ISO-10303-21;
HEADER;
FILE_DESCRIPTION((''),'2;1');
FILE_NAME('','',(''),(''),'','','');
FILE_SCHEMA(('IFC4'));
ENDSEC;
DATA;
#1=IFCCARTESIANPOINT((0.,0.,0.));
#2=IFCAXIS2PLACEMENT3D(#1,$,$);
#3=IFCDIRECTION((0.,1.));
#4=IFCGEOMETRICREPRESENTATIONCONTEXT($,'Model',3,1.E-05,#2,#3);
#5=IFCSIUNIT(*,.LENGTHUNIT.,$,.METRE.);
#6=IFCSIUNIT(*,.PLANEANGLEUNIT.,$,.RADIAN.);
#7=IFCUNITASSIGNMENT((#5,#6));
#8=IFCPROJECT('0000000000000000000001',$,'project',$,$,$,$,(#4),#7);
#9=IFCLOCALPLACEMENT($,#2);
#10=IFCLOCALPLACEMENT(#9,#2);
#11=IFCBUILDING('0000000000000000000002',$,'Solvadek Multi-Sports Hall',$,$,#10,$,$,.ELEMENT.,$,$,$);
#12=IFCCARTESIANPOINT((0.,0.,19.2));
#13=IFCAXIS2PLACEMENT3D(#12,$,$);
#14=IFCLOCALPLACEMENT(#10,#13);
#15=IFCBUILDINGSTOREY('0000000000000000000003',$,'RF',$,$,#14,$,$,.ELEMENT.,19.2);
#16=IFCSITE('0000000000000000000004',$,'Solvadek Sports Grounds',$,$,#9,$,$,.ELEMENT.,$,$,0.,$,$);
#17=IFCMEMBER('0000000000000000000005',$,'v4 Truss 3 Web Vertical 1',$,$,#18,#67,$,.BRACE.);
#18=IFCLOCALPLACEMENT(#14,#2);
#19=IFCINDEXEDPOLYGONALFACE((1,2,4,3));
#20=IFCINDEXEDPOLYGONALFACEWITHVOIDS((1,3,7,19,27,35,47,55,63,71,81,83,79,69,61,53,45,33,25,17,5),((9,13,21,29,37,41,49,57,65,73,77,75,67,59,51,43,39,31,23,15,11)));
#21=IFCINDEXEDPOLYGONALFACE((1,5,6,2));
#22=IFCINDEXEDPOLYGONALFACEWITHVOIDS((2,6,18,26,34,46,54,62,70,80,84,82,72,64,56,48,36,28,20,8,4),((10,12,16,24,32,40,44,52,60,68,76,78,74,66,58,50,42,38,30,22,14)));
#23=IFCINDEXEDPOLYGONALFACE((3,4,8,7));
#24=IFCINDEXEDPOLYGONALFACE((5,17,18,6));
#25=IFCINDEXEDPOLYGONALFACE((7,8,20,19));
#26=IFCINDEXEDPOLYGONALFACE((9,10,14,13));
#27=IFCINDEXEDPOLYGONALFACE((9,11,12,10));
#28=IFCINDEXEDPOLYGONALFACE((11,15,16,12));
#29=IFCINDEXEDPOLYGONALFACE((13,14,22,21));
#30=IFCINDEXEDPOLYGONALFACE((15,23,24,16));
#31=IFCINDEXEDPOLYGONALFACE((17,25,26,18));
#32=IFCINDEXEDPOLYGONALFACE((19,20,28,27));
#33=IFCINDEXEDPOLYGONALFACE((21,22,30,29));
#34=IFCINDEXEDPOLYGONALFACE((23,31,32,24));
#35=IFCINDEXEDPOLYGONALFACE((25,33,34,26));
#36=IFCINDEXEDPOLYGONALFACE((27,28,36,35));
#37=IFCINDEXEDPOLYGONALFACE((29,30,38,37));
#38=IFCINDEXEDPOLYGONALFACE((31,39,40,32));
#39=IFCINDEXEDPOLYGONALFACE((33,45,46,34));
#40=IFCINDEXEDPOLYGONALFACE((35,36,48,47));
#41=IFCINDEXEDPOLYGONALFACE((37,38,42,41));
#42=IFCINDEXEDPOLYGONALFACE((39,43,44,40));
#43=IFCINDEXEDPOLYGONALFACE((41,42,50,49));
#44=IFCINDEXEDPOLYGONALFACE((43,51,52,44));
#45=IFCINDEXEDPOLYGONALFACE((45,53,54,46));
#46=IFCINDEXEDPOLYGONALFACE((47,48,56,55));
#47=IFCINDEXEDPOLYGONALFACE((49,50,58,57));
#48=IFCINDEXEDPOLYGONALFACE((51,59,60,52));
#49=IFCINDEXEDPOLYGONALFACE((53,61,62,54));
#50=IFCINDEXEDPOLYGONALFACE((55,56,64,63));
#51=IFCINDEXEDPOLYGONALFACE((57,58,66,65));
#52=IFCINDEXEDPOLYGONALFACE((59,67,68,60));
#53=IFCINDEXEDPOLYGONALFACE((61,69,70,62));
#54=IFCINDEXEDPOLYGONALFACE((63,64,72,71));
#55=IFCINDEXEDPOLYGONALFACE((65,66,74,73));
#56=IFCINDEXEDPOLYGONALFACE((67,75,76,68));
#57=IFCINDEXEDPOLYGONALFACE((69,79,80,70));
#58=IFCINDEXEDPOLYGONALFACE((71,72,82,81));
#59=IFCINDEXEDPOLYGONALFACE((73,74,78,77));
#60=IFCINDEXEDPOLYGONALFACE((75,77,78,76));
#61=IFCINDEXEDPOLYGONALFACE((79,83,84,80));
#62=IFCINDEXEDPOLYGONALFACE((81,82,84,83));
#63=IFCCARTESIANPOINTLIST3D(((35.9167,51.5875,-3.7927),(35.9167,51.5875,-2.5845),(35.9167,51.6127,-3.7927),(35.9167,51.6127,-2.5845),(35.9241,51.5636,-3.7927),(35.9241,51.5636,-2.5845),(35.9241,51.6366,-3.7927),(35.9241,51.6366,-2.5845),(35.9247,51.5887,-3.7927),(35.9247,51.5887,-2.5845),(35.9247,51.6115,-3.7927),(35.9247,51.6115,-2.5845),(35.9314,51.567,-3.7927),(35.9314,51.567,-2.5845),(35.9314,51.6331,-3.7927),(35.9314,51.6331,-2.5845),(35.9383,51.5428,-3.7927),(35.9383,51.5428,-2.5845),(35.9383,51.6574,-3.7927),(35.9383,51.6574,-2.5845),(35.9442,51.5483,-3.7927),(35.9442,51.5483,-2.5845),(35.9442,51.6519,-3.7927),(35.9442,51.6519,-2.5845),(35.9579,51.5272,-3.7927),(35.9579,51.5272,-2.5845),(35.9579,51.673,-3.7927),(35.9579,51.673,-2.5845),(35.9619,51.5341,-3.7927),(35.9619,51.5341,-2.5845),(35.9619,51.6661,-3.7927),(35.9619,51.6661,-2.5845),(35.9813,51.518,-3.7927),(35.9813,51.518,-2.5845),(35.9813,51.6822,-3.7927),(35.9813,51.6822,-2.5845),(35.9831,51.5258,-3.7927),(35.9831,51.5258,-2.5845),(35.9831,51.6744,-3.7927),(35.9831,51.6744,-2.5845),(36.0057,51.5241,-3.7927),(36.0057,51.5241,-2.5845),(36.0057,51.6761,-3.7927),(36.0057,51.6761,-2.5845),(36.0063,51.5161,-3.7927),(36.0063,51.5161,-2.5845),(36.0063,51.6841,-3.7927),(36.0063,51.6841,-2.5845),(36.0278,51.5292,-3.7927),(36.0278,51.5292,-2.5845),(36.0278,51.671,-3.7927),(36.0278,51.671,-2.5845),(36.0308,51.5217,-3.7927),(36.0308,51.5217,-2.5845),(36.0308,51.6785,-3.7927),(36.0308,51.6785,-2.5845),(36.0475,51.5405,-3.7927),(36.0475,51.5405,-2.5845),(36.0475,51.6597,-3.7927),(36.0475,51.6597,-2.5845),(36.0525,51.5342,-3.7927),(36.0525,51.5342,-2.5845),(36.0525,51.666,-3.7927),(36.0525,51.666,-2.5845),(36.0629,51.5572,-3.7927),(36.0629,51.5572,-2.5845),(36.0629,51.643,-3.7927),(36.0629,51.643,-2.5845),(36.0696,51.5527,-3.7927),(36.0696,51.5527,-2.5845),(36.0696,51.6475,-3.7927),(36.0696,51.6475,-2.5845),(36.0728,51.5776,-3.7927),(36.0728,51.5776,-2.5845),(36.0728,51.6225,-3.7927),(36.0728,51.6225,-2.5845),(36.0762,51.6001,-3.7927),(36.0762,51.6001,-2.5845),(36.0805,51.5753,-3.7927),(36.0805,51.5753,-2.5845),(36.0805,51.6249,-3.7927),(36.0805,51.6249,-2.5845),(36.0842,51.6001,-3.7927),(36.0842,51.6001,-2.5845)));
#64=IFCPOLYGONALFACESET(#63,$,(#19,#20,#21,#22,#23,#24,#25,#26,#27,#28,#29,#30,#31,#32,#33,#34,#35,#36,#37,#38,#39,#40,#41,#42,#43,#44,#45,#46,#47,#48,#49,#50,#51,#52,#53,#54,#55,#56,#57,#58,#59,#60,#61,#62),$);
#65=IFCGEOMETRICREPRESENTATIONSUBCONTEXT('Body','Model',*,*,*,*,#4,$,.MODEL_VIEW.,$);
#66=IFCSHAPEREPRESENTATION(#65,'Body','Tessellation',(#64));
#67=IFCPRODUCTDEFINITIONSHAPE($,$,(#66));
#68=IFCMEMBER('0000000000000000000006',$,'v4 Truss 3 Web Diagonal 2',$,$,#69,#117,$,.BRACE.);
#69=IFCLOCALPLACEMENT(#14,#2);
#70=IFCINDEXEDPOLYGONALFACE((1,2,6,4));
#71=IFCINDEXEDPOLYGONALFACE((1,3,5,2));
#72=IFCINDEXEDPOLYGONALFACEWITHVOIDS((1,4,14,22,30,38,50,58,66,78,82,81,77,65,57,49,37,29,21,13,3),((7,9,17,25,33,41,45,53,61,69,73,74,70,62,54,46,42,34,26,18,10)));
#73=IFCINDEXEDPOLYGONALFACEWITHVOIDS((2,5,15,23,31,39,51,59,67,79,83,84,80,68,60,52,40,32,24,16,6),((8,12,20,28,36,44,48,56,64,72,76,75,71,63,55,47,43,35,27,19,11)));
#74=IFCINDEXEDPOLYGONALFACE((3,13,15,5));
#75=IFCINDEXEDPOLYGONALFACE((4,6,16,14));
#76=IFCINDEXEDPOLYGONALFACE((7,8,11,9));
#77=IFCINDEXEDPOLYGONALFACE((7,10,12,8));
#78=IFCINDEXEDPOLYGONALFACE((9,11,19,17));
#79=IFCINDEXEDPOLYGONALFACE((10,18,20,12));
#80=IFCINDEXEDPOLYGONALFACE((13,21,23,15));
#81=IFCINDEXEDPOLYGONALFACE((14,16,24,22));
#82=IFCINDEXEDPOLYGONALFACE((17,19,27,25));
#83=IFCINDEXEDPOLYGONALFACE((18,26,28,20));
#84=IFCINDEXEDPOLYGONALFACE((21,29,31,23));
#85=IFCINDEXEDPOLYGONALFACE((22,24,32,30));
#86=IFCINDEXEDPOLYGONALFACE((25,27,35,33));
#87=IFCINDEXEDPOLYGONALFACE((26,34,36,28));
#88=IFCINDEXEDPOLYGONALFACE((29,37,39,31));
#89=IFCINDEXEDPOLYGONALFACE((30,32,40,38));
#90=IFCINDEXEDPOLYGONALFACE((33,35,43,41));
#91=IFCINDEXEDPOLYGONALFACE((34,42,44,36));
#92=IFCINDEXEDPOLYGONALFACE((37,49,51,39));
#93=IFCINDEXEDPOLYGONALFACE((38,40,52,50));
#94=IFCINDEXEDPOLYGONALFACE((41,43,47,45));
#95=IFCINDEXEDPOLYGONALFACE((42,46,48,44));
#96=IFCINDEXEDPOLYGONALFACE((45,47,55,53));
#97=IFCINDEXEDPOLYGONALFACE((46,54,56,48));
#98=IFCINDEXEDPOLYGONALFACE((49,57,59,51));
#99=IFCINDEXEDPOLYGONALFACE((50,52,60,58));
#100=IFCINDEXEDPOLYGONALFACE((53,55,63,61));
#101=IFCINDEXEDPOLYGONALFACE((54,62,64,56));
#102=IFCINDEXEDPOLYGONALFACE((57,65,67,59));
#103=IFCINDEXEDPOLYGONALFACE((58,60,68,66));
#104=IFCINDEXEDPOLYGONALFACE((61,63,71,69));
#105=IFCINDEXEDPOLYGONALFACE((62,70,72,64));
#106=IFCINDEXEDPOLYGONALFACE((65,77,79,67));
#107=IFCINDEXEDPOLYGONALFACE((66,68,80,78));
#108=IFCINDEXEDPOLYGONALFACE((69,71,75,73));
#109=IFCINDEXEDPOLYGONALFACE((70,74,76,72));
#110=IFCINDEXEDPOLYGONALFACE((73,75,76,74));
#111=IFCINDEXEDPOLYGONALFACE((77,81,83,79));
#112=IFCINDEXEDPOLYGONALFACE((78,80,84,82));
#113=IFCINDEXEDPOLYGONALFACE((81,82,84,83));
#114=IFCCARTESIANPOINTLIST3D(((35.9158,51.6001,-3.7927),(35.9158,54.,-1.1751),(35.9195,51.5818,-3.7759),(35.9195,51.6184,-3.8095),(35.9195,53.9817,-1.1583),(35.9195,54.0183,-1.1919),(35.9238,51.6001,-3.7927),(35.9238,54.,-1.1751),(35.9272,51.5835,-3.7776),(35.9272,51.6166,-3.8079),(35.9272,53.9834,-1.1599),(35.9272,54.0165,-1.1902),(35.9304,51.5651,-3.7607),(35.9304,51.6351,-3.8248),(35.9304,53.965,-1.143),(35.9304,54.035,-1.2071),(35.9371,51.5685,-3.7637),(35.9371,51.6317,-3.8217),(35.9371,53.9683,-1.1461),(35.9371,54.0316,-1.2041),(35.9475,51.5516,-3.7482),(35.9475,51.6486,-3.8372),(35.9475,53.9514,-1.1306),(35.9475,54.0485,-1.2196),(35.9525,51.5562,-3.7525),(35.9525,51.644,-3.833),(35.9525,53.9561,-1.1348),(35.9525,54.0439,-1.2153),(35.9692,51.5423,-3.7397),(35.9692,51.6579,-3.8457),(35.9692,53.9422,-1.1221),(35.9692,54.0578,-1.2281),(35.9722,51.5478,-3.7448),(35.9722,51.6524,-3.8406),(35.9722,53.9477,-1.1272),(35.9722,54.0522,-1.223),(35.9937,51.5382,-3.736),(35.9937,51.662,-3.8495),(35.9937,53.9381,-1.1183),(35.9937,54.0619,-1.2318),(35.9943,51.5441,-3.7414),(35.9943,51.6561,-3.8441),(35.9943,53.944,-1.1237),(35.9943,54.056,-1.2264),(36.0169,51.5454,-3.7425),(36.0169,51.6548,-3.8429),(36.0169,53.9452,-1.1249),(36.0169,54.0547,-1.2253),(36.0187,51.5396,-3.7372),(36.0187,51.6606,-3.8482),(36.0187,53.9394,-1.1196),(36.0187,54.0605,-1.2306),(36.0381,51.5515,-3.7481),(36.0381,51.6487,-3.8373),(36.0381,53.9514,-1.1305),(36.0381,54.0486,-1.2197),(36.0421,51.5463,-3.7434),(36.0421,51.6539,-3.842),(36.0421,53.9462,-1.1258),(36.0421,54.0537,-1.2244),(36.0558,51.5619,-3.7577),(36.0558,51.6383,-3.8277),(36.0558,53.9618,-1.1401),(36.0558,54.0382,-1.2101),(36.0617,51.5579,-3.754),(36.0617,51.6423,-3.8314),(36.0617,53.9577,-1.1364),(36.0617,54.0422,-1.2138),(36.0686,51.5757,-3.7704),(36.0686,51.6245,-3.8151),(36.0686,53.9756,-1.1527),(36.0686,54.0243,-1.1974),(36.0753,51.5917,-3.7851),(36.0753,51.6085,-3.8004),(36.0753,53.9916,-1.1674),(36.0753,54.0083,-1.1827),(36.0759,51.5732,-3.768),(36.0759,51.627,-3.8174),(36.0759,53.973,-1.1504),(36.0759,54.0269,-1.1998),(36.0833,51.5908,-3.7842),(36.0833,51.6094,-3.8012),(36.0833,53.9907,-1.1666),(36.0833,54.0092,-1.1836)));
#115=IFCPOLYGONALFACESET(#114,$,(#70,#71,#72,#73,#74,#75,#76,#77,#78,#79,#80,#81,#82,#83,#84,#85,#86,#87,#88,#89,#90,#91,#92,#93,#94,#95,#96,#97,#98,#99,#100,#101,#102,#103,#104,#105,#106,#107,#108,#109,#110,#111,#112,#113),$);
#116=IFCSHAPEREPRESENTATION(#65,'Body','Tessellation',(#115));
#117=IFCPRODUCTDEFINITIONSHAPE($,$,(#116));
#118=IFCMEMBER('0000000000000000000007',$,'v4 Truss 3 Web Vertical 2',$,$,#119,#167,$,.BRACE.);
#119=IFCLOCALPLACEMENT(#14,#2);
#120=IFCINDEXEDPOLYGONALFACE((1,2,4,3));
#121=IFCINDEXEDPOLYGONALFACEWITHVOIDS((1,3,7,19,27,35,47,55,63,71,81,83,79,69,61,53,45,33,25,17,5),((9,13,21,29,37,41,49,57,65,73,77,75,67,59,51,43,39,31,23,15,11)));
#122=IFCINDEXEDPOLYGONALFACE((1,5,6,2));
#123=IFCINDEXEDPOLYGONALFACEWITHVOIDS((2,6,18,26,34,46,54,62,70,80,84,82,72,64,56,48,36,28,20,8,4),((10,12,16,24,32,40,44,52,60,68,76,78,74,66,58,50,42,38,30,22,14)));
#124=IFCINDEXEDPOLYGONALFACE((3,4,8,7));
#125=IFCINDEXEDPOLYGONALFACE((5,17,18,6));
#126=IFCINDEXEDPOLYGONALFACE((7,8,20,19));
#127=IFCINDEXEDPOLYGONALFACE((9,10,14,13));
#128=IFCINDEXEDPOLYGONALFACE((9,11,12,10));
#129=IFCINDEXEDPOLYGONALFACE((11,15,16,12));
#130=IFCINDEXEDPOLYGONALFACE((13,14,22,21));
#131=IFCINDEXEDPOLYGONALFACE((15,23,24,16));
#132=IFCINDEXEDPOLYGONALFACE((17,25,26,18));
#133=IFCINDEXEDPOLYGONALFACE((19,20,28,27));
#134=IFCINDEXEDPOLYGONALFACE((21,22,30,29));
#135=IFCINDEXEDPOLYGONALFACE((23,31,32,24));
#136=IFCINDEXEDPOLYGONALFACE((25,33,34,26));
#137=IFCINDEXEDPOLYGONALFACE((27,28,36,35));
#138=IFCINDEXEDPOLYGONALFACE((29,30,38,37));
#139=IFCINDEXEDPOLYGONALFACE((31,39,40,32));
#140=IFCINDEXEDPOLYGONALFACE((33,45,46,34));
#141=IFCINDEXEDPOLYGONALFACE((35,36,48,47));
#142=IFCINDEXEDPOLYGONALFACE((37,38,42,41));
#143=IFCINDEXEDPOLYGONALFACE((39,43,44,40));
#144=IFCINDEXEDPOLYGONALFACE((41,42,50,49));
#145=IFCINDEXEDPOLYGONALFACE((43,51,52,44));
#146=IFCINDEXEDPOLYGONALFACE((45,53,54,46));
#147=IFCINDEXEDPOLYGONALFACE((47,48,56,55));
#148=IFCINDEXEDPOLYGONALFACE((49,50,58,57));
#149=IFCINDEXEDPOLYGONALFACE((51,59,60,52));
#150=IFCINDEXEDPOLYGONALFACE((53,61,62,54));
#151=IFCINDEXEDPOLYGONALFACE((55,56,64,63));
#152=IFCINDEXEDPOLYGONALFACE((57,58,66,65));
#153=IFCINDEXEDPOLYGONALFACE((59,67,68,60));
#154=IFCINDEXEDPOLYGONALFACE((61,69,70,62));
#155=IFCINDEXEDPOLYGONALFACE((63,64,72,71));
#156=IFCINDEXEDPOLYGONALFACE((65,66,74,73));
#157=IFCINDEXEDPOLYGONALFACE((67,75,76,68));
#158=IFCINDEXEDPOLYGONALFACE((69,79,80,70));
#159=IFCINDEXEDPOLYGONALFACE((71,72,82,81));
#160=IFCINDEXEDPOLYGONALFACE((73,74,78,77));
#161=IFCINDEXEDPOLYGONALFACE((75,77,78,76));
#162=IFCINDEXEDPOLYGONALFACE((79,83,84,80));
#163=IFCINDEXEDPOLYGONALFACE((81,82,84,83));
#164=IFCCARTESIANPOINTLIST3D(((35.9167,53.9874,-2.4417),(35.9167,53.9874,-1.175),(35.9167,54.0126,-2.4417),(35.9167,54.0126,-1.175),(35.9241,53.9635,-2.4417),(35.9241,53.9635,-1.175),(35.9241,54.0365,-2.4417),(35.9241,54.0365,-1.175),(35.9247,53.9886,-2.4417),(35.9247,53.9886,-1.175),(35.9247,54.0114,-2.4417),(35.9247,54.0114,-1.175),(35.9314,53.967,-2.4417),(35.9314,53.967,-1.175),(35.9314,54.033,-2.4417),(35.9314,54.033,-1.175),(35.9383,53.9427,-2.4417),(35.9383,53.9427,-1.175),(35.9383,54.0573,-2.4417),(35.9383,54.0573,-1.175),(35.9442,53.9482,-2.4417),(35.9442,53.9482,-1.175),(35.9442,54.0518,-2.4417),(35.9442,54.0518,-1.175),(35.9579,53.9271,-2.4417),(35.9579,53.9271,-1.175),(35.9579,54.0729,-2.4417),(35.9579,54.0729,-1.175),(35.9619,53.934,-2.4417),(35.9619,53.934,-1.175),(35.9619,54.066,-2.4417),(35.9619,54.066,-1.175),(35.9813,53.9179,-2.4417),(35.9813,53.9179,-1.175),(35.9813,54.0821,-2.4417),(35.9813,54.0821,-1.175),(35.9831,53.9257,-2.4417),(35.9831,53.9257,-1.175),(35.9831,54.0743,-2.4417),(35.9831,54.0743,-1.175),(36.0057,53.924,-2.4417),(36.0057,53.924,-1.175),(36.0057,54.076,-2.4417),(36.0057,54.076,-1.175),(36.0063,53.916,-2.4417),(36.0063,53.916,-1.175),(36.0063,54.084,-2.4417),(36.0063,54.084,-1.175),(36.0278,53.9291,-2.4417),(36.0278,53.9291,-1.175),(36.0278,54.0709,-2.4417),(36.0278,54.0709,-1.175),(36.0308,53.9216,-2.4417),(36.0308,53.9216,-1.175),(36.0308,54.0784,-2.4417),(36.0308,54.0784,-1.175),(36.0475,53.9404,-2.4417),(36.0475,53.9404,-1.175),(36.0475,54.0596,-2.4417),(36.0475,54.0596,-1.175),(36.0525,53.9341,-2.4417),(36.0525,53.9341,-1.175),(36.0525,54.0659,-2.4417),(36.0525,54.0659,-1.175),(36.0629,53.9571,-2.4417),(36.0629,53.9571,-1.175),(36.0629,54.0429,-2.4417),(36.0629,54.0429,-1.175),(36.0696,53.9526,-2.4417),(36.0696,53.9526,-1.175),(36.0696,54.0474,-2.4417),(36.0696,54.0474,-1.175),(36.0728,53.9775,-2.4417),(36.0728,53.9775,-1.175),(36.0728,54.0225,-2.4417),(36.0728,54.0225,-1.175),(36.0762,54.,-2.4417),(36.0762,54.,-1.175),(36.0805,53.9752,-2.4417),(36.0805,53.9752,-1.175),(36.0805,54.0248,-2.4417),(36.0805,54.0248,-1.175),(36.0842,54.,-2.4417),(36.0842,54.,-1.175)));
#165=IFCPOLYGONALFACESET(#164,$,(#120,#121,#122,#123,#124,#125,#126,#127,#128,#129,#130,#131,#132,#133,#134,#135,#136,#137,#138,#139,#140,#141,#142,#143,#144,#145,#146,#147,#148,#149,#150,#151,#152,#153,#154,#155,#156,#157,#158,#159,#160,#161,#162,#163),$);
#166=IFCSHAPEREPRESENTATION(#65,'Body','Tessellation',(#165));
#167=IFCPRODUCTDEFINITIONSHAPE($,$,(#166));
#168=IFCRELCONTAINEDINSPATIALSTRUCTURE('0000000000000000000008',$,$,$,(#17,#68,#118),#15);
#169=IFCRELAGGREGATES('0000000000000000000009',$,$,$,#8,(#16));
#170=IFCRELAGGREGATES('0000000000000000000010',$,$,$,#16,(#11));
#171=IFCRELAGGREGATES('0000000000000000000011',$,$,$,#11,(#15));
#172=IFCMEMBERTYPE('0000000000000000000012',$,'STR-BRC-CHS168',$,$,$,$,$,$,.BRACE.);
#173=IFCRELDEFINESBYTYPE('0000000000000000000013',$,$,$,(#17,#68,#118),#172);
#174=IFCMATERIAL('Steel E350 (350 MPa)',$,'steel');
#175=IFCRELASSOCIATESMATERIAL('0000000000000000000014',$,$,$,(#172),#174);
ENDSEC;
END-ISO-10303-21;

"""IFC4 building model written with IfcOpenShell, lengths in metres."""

from ifc_helpers import new_model, si_unit, direction, frame, origin, origin_2d, place, context, subcontext, project, spatial, hollow_circle, extrude, material, material_profile, profile_set, type_object, element, save


model = new_model("IFC4")

# Units and contexts
model_context = context("Model", 3, precision=1e-05, world=origin(), true_north=direction((0.0, 1.0)))
body_context = subcontext(model_context, "Body", "Model", "MODEL_VIEW")
ifc_project = project(units=[si_unit("LENGTHUNIT", "METRE"), si_unit("PLANEANGLEUNIT", "RADIAN")], contexts=[model_context])

# Site, building, storey
site_placement = place(None, origin())
site = spatial("IfcSite", under=ifc_project, at=site_placement, Name="Solvadek Sports Grounds", CompositionType="ELEMENT", RefElevation=0.0)
building_placement = place(site_placement, origin())
building = spatial("IfcBuilding", under=site, at=building_placement, Name="Solvadek Multi-Sports Hall", CompositionType="ELEMENT")
storey_placement = place(building_placement, frame((0.0, 0.0, 19.2)))
storey = spatial("IfcBuildingStorey", under=building, at=storey_placement, Name="RF", CompositionType="ELEMENT", Elevation=19.2)

# Members
ifc_material_1 = material(Name="Steel E350 (350 MPa)", Category="steel")
ifc_material_profile_1 = material_profile(ifc_material_1, hollow_circle(Radius=0.0842, WallThickness=0.0081, at=origin_2d()), Name="CHS 168.3x8")
ifc_profile_set_1 = profile_set([ifc_material_profile_1], Name="Steel E350 (350 MPa)")
member_type_1 = type_object("IfcMemberType", Name="STR-BRC-CHS168", PredefinedType="BRACE", material=ifc_profile_set_1)
member_1_placement = place(storey_placement, frame((36.0, 51.6001, -3.7927), z_axis=(0.0, 0.0, 1.0), x_axis=(1.0, 0.0, 0.0)))
element("IfcMember", 1, at=member_1_placement, inside=storey, type_object=member_type_1, Name="v4 Truss 3 Web Vertical 1", PredefinedType="BRACE", context=body_context, shape_type="SweptSolid", body=[
    extrude(hollow_circle(Radius=0.0842, WallThickness=0.0081, at=origin_2d()), origin(), (0.0, 0.0, 1.0), 1.2083),
])
member_2_placement = place(storey_placement, frame((36.0, 51.6001, -3.7927), z_axis=(0.0, 0.675781, 0.737103), x_axis=(-1.0, 0.0, 0.0)))
element("IfcMember", 2, at=member_2_placement, inside=storey, type_object=member_type_1, Name="v4 Truss 3 Web Diagonal 2", PredefinedType="BRACE", context=body_context, shape_type="SweptSolid", body=[
    extrude(hollow_circle(Radius=0.0842, WallThickness=0.0081, at=origin_2d()), origin(), (0.0, 0.0, 1.0), 3.5513),
])
member_3_placement = place(storey_placement, frame((36.0, 54.0, -2.4417), z_axis=(0.0, 0.0, 1.0), x_axis=(1.0, 0.0, 0.0)))
element("IfcMember", 3, at=member_3_placement, inside=storey, type_object=member_type_1, Name="v4 Truss 3 Web Vertical 2", PredefinedType="BRACE", context=body_context, shape_type="SweptSolid", body=[
    extrude(hollow_circle(Radius=0.0842, WallThickness=0.0081, at=origin_2d()), origin(), (0.0, 0.0, 1.0), 1.2666),
])

save(model, "model.ifc")
